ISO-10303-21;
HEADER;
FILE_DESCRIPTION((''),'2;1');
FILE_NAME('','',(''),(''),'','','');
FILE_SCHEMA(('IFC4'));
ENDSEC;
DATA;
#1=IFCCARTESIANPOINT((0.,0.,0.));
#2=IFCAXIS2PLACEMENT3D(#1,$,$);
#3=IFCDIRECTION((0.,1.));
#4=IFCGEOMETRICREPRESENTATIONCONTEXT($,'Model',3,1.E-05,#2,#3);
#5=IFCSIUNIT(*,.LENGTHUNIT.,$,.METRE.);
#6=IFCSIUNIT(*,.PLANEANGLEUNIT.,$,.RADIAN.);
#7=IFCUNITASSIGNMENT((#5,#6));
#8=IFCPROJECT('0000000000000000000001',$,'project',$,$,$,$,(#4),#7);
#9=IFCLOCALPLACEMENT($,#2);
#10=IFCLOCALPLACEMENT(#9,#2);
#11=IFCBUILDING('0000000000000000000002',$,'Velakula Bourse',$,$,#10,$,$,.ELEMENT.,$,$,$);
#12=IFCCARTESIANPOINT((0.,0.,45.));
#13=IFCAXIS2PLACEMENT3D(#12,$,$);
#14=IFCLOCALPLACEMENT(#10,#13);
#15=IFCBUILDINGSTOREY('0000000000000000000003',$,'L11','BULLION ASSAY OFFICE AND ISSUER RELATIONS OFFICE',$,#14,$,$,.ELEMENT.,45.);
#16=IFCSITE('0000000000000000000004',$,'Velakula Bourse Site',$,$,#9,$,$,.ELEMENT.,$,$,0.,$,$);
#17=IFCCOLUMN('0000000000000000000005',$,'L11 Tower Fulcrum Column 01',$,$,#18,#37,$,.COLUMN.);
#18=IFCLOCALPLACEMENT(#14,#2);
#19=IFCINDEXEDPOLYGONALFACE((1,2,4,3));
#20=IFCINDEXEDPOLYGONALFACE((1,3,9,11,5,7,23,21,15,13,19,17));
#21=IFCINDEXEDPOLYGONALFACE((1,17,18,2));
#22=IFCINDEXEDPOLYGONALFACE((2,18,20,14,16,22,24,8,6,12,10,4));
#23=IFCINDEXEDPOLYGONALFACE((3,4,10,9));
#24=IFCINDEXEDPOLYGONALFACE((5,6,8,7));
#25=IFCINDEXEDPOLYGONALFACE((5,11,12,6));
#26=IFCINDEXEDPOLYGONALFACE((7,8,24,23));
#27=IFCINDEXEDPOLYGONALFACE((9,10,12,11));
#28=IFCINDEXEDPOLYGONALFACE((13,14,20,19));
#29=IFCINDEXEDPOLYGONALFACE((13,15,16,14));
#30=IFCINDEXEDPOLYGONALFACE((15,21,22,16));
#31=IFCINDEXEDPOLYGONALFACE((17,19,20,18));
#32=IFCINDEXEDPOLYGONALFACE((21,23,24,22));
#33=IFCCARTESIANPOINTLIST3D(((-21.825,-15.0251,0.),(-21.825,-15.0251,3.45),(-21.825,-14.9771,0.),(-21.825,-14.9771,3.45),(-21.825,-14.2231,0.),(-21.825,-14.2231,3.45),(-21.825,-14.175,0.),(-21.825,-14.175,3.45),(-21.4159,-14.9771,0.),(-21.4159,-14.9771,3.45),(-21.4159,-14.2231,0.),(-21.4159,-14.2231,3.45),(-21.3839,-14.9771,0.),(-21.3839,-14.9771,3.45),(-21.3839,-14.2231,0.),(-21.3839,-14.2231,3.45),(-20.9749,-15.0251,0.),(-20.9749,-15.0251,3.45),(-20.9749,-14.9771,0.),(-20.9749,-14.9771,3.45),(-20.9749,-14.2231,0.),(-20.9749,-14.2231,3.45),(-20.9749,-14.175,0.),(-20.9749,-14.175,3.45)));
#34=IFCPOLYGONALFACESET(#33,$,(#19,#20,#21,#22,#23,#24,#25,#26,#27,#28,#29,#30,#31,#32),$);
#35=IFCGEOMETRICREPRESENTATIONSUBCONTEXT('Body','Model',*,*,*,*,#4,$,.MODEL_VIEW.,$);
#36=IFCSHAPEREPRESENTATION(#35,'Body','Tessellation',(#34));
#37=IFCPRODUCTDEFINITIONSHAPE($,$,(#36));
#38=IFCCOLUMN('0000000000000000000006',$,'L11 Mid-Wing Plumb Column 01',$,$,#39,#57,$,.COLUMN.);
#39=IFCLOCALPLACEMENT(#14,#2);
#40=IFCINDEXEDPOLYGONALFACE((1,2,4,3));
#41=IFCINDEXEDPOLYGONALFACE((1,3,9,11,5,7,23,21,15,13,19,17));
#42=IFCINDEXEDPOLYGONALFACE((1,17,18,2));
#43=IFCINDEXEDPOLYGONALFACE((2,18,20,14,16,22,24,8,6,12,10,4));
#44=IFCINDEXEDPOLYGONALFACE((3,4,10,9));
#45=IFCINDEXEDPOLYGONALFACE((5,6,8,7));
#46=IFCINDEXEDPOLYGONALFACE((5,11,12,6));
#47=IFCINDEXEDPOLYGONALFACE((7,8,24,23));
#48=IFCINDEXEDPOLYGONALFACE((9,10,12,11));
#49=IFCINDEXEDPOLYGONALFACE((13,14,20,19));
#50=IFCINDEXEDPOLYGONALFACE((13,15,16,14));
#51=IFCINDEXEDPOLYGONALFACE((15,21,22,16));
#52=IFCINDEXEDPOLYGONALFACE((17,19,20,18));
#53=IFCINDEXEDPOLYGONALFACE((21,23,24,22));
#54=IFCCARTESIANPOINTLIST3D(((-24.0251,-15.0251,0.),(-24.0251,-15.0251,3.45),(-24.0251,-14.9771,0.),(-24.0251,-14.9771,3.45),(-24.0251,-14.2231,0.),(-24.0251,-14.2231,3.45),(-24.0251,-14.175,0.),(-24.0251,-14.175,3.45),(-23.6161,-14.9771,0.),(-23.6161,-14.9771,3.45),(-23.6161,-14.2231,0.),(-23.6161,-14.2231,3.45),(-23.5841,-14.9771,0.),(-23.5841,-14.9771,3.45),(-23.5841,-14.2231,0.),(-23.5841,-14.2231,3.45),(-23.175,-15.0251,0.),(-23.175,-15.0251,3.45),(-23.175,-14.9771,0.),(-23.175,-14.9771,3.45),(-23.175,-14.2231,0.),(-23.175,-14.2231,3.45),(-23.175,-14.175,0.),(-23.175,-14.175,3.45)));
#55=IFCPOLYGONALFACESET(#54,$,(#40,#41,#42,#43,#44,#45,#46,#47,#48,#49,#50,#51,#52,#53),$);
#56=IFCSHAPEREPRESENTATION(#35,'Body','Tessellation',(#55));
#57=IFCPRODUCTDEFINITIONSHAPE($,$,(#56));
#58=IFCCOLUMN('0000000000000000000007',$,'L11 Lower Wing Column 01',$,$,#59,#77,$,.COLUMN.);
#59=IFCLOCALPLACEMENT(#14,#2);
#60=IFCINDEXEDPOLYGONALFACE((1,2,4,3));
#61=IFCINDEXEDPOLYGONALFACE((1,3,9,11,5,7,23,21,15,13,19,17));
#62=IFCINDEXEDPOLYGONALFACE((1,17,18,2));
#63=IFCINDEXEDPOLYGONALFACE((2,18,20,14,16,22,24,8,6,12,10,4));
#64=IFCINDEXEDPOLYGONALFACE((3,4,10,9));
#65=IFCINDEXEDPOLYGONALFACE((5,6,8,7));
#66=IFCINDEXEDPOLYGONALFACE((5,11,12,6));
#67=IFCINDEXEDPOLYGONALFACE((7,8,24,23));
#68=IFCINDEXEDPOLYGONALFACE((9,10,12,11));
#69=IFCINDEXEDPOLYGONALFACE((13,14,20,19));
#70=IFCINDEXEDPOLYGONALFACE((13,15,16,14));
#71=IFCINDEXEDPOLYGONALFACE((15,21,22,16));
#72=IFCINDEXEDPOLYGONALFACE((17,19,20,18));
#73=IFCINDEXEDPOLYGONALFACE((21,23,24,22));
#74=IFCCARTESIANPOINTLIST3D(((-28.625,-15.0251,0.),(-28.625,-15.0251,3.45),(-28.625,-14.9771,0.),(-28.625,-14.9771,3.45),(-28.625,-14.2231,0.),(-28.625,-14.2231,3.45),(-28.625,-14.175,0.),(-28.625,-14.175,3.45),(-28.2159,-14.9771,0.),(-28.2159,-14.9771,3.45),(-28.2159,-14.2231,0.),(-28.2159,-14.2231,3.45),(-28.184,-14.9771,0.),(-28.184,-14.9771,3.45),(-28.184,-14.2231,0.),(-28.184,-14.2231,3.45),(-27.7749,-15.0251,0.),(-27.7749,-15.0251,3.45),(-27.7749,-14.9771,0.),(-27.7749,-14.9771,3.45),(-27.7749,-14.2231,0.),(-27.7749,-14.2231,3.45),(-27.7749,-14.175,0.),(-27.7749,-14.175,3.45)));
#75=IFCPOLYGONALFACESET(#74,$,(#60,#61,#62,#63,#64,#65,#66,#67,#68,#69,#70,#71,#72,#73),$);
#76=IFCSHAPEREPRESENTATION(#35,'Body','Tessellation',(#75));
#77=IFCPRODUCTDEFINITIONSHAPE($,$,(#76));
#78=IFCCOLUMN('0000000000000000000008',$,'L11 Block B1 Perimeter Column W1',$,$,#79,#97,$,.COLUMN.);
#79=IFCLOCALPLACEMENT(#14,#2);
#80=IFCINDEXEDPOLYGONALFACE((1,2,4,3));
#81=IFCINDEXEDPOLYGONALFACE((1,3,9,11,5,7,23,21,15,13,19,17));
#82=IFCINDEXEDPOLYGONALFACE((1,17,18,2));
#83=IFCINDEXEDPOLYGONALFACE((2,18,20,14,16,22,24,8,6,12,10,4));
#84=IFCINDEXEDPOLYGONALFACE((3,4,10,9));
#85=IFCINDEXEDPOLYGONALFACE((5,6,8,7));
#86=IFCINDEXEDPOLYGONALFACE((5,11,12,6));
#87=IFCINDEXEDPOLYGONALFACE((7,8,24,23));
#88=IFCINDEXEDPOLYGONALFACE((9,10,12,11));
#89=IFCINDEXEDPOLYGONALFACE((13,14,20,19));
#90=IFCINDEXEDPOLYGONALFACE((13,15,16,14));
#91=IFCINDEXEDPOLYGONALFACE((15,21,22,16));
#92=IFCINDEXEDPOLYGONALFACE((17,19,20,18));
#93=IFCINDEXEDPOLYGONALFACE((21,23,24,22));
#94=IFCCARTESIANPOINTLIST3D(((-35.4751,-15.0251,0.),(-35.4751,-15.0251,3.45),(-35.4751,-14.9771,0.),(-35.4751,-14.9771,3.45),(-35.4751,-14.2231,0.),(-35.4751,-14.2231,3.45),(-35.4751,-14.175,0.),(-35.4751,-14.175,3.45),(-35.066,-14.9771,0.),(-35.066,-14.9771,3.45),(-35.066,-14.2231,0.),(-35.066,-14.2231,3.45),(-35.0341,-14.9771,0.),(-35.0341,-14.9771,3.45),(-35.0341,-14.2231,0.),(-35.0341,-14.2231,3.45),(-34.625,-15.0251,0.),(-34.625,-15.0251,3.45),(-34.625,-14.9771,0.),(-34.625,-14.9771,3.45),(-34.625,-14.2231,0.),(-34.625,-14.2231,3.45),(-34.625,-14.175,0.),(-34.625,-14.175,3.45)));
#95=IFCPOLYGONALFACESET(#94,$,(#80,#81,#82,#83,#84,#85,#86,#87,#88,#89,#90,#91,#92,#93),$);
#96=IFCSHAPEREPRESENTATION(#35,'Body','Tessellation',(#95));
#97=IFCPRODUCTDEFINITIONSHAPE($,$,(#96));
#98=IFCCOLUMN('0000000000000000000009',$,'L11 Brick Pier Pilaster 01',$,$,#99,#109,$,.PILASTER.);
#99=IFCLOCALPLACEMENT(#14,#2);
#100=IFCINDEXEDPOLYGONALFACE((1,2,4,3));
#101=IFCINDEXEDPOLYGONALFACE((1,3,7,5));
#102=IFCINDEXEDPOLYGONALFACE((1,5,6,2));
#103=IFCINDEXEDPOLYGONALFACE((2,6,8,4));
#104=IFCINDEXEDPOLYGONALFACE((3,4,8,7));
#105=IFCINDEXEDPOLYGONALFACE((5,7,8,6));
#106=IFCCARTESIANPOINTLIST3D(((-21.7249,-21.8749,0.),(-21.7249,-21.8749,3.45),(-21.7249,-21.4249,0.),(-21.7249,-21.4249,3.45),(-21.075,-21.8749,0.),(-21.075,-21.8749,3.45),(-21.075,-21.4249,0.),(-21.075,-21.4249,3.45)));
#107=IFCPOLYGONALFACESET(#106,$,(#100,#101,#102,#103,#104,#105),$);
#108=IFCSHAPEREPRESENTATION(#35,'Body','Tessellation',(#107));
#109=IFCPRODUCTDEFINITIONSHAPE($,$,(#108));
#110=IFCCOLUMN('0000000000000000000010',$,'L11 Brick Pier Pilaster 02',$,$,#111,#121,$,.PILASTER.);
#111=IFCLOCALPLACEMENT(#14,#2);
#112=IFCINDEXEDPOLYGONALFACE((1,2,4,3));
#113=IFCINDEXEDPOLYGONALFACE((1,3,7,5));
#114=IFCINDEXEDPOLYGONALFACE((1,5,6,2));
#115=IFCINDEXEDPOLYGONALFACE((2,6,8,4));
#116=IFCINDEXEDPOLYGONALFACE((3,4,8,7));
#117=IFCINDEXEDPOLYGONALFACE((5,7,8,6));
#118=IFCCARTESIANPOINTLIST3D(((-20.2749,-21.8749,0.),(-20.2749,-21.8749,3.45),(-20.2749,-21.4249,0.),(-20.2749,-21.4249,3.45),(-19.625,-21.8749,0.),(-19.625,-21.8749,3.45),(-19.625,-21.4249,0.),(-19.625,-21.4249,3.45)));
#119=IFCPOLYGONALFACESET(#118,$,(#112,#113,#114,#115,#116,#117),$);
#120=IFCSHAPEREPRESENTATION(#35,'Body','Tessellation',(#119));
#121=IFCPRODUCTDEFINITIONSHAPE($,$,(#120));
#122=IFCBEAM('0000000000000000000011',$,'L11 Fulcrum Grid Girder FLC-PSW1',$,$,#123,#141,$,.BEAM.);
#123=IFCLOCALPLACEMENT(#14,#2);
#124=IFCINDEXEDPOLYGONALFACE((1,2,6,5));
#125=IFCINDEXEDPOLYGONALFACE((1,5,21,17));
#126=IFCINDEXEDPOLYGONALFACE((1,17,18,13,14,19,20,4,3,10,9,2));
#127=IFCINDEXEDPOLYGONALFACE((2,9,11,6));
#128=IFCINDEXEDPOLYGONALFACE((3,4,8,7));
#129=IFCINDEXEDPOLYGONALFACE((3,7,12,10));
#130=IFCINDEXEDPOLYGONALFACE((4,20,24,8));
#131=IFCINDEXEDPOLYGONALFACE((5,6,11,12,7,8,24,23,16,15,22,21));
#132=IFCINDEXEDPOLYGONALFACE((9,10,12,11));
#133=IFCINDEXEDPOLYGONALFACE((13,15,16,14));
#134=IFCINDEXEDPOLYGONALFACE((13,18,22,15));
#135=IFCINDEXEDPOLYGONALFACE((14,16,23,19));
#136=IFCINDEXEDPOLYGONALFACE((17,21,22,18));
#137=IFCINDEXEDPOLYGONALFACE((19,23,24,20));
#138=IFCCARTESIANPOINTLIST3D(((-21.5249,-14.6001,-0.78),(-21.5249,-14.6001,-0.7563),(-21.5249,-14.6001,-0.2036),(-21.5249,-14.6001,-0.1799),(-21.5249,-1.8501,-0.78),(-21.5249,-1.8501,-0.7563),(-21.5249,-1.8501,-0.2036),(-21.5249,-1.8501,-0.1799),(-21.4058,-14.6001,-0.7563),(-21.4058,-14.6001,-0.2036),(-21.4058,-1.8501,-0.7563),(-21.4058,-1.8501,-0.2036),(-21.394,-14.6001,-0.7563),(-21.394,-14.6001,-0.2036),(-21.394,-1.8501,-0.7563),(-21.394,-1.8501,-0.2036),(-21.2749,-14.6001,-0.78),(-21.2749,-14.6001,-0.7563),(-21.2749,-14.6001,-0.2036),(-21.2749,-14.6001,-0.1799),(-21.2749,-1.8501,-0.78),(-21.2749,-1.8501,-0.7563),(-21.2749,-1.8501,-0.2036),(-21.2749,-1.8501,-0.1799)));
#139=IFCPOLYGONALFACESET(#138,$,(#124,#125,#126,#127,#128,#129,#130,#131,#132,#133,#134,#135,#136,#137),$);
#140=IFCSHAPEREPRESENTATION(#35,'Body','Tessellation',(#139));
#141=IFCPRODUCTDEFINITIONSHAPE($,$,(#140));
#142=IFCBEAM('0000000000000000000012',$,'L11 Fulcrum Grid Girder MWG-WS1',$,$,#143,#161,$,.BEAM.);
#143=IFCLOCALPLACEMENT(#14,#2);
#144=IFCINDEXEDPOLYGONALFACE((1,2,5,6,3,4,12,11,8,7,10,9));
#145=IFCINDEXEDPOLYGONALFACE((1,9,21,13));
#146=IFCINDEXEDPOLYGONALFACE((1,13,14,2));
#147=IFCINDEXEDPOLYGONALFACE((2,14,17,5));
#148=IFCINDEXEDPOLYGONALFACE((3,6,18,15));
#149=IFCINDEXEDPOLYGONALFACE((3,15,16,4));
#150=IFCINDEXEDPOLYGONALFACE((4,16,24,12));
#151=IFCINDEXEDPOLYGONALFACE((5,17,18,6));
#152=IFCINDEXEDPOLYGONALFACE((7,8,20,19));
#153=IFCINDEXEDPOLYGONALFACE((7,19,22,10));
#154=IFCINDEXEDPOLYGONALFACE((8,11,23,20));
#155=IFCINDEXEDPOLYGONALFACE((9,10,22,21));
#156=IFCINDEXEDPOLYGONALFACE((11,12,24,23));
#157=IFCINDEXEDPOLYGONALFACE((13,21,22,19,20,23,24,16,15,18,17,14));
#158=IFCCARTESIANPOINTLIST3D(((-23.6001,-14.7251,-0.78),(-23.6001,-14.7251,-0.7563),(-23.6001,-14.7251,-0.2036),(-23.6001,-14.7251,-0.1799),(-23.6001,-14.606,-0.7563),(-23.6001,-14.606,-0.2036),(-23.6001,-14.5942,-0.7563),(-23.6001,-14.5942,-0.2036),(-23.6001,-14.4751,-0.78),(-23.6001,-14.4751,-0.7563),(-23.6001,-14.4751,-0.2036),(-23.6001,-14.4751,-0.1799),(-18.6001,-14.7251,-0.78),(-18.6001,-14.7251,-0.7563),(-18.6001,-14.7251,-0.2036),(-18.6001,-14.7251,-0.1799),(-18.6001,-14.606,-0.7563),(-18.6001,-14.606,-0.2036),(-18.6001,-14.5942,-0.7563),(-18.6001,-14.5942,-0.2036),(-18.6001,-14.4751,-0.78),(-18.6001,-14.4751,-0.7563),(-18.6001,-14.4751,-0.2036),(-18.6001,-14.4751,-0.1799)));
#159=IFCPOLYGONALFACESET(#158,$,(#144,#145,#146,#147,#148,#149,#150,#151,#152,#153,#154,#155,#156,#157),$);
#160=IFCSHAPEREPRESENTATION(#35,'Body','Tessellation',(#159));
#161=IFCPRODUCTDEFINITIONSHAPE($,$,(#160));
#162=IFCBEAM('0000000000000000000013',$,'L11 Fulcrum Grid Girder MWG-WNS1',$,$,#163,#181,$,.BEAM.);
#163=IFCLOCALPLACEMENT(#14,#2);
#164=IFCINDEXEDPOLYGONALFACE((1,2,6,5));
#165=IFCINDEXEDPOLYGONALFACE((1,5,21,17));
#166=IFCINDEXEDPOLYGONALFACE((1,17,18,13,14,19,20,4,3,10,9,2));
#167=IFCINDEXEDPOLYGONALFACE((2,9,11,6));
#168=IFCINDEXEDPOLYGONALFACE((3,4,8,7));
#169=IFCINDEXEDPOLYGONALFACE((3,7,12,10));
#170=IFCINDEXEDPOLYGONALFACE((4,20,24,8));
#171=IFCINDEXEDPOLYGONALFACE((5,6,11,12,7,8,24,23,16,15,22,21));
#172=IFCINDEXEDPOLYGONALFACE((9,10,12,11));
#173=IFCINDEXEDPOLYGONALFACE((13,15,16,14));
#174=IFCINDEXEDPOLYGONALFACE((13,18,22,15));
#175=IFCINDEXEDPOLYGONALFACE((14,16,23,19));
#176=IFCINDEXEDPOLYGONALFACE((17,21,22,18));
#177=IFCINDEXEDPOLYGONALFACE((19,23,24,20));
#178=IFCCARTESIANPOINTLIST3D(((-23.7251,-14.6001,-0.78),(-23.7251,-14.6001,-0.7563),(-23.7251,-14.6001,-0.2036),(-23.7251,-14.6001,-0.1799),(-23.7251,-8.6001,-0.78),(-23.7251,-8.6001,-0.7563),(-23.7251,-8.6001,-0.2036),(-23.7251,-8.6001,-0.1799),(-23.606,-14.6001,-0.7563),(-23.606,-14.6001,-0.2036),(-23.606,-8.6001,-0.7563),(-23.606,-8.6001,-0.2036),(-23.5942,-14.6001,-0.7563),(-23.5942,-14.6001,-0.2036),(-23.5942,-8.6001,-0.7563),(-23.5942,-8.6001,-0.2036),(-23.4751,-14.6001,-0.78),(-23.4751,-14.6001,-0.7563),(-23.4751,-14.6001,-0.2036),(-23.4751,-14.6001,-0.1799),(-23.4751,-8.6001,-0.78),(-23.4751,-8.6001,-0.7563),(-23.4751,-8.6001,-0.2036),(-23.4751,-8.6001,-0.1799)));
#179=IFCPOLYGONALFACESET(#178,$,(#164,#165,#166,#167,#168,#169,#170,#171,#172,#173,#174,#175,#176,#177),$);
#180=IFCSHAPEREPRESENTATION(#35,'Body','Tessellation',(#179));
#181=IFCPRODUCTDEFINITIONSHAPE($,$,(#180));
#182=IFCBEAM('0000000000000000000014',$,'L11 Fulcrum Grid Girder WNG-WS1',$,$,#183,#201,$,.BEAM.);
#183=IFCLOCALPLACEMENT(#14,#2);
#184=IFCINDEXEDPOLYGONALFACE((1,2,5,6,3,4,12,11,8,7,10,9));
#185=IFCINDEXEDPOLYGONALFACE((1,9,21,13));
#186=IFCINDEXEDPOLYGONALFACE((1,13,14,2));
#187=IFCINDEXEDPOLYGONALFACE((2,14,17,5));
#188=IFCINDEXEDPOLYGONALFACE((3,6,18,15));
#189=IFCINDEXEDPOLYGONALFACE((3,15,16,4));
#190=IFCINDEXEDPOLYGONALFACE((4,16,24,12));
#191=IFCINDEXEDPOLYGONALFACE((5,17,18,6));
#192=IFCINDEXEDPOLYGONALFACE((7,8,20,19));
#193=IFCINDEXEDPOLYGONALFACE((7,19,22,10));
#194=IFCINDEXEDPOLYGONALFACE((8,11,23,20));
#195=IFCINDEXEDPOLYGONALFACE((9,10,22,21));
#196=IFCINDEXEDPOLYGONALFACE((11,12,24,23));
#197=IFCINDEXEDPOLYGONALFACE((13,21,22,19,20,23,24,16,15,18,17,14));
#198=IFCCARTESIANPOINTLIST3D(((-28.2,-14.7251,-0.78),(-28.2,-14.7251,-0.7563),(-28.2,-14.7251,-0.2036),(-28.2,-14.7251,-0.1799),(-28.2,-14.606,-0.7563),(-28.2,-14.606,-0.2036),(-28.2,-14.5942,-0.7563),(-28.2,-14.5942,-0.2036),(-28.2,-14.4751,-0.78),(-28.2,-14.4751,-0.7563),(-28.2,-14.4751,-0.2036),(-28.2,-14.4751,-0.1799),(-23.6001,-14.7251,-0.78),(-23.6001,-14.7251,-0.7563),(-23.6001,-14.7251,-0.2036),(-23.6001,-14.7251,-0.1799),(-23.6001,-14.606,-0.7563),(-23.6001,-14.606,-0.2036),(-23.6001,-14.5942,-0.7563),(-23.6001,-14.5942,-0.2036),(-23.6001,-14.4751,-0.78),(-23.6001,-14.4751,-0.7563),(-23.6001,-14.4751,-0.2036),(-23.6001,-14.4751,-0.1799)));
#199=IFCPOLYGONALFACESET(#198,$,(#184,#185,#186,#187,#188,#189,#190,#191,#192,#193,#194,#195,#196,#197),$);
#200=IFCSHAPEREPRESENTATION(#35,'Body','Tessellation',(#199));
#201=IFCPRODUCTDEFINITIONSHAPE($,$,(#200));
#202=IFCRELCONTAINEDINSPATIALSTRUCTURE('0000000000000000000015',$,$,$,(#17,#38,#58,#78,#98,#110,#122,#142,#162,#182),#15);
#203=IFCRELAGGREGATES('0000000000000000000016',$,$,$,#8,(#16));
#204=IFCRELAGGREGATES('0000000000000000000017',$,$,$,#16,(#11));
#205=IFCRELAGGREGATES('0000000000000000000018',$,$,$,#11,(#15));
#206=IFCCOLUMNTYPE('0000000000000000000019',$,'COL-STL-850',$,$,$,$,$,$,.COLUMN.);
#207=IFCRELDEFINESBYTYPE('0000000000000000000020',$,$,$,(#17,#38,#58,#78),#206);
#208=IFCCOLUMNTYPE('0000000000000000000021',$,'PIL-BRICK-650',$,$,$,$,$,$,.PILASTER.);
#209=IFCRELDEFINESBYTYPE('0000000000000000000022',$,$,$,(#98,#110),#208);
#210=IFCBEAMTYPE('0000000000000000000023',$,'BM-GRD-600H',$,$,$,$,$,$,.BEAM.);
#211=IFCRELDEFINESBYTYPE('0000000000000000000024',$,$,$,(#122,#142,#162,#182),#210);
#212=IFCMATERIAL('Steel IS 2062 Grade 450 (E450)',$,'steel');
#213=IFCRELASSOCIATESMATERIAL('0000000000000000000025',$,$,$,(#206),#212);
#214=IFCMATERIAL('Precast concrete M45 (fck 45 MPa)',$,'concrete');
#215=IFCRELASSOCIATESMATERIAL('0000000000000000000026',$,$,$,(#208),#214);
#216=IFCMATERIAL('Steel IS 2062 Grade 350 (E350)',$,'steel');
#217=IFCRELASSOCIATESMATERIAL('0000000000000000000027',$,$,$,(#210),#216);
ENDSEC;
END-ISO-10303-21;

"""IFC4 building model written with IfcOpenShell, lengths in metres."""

from ifc_helpers import new_model, si_unit, direction, frame, origin, origin_2d, place, context, subcontext, project, spatial, rectangle, i_section, extrude, material, material_profile, profile_set, type_object, element, save


model = new_model("IFC4")

# Units and contexts
model_context = context("Model", 3, precision=1e-05, world=origin(), true_north=direction((0.0, 1.0)))
body_context = subcontext(model_context, "Body", "Model", "MODEL_VIEW")
ifc_project = project(units=[si_unit("LENGTHUNIT", "METRE"), si_unit("PLANEANGLEUNIT", "RADIAN")], contexts=[model_context])

# Site, building, storey
site_placement = place(None, origin())
site = spatial("IfcSite", under=ifc_project, at=site_placement, Name="Velakula Bourse Site", CompositionType="ELEMENT", RefElevation=0.0)
building_placement = place(site_placement, origin())
building = spatial("IfcBuilding", under=site, at=building_placement, Name="Velakula Bourse", CompositionType="ELEMENT")
storey_placement = place(building_placement, frame((0.0, 0.0, 45.0)))
storey = spatial("IfcBuildingStorey", under=building, at=storey_placement, Name="L11", Description="BULLION ASSAY OFFICE AND ISSUER RELATIONS OFFICE", CompositionType="ELEMENT", Elevation=45.0)

# Columns
ifc_material_1 = material(Name="Steel IS 2062 Grade 450 (E450)", Category="steel")
ifc_material_profile_1 = material_profile(ifc_material_1, i_section(OverallWidth=0.8501, OverallDepth=0.8501, WebThickness=0.032, FlangeThickness=0.0481, at=origin_2d()), Name="Steel IS 2062 Grade 450 (E450)")
ifc_profile_set_1 = profile_set([ifc_material_profile_1], Name="Steel IS 2062 Grade 450 (E450)")
column_type_1 = type_object("IfcColumnType", Name="COL-STL-850", PredefinedType="COLUMN", material=ifc_profile_set_1)
for number, where, z_axis, x_axis, name in (
    (1, (-21.3999, -14.6001, 0.0), (0.0, 0.0, 1.0), (1.0, 0.0, 0.0), "L11 Tower Fulcrum Column 01"),
    (2, (-23.6001, -14.6001, 0.0), (0.0, 0.0, 1.0), (1.0, 0.0, 0.0), "L11 Mid-Wing Plumb Column 01"),
    (3, (-28.2, -14.6001, 0.0), (0.0, 0.0, 1.0), (1.0, 0.0, 0.0), "L11 Lower Wing Column 01"),
    (4, (-35.05, -14.6001, 0.0), (0.0, 0.0, 1.0), (1.0, 0.0, 0.0), "L11 Block B1 Perimeter Column W1"),
):
    element("IfcColumn", number, at=place(storey_placement, frame(where, z_axis=z_axis, x_axis=x_axis)), inside=storey, type_object=column_type_1, Name=name, PredefinedType="COLUMN", context=body_context, shape_type="SweptSolid", body=[
        extrude(i_section(OverallWidth=0.8501, OverallDepth=0.8501, WebThickness=0.032, FlangeThickness=0.0481, at=origin_2d()), origin(), (0.0, 0.0, 1.0), 3.45),
    ])
ifc_material_2 = material(Name="Precast concrete M45 (fck 45 MPa)", Category="concrete")
ifc_material_profile_2 = material_profile(ifc_material_2, rectangle(XDim=0.6499, YDim=0.45, at=origin_2d()), Name="Precast concrete M45 (fck 45 MPa)")
ifc_profile_set_2 = profile_set([ifc_material_profile_2], Name="Precast concrete M45 (fck 45 MPa)")
column_type_2 = type_object("IfcColumnType", Name="PIL-BRICK-650", PredefinedType="PILASTER", material=ifc_profile_set_2)
for number, where, z_axis, x_axis, name in (
    (5, (-21.3999, -21.6499, 0.0), (0.0, 0.0, 1.0), (1.0, 0.0, 0.0), "L11 Brick Pier Pilaster 01"),
    (6, (-19.95, -21.6499, 0.0), (0.0, 0.0, 1.0), (1.0, 0.0, 0.0), "L11 Brick Pier Pilaster 02"),
):
    element("IfcColumn", number, at=place(storey_placement, frame(where, z_axis=z_axis, x_axis=x_axis)), inside=storey, type_object=column_type_2, Name=name, PredefinedType="PILASTER", context=body_context, shape_type="SweptSolid", body=[
        extrude(rectangle(XDim=0.6499, YDim=0.45, at=origin_2d()), origin(), (0.0, 0.0, 1.0), 3.45),
    ])

# Beams
ifc_material_3 = material(Name="Steel IS 2062 Grade 350 (E350)", Category="steel")
ifc_material_profile_3 = material_profile(ifc_material_3, i_section(OverallWidth=0.25, OverallDepth=0.6001, WebThickness=0.0117, FlangeThickness=0.0237, at=origin_2d()), Name="Steel IS 2062 Grade 350 (E350)")
ifc_profile_set_3 = profile_set([ifc_material_profile_3], Name="Steel IS 2062 Grade 350 (E350)")
beam_type_1 = type_object("IfcBeamType", Name="BM-GRD-600H", PredefinedType="BEAM", material=ifc_profile_set_3)
beam_1_placement = place(storey_placement, frame((-21.3999, -14.6001, -0.48), z_axis=(0.0, 1.0, 0.0), x_axis=(-1.0, 0.0, 0.0)))
element("IfcBeam", 7, at=beam_1_placement, inside=storey, type_object=beam_type_1, Name="L11 Fulcrum Grid Girder FLC-PSW1", PredefinedType="BEAM", context=body_context, shape_type="SweptSolid", body=[
    extrude(i_section(OverallWidth=0.25, OverallDepth=0.6001, WebThickness=0.0117, FlangeThickness=0.0237, at=origin_2d()), origin(), (0.0, 0.0, 1.0), 12.75),
])
beam_2_placement = place(storey_placement, frame((-23.6001, -14.6001, -0.48), z_axis=(1.0, 0.0, 0.0), x_axis=(0.0, 1.0, 0.0)))
element("IfcBeam", 8, at=beam_2_placement, inside=storey, type_object=beam_type_1, Name="L11 Fulcrum Grid Girder MWG-WS1", PredefinedType="BEAM", context=body_context, shape_type="SweptSolid", body=[
    extrude(i_section(OverallWidth=0.25, OverallDepth=0.6001, WebThickness=0.0117, FlangeThickness=0.0237, at=origin_2d()), origin(), (0.0, 0.0, 1.0), 5.0),
])
beam_3_placement = place(storey_placement, frame((-23.6001, -14.6001, -0.48), z_axis=(0.0, 1.0, 0.0), x_axis=(-1.0, 0.0, 0.0)))
element("IfcBeam", 9, at=beam_3_placement, inside=storey, type_object=beam_type_1, Name="L11 Fulcrum Grid Girder MWG-WNS1", PredefinedType="BEAM", context=body_context, shape_type="SweptSolid", body=[
    extrude(i_section(OverallWidth=0.25, OverallDepth=0.6001, WebThickness=0.0117, FlangeThickness=0.0237, at=origin_2d()), origin(), (0.0, 0.0, 1.0), 6.0),
])
beam_4_placement = place(storey_placement, frame((-28.2, -14.6001, -0.48), z_axis=(1.0, 0.0, 0.0), x_axis=(0.0, 1.0, 0.0)))
element("IfcBeam", 10, at=beam_4_placement, inside=storey, type_object=beam_type_1, Name="L11 Fulcrum Grid Girder WNG-WS1", PredefinedType="BEAM", context=body_context, shape_type="SweptSolid", body=[
    extrude(i_section(OverallWidth=0.25, OverallDepth=0.6001, WebThickness=0.0117, FlangeThickness=0.0237, at=origin_2d()), origin(), (0.0, 0.0, 1.0), 4.5999),
])

save(model, "model.ifc")
